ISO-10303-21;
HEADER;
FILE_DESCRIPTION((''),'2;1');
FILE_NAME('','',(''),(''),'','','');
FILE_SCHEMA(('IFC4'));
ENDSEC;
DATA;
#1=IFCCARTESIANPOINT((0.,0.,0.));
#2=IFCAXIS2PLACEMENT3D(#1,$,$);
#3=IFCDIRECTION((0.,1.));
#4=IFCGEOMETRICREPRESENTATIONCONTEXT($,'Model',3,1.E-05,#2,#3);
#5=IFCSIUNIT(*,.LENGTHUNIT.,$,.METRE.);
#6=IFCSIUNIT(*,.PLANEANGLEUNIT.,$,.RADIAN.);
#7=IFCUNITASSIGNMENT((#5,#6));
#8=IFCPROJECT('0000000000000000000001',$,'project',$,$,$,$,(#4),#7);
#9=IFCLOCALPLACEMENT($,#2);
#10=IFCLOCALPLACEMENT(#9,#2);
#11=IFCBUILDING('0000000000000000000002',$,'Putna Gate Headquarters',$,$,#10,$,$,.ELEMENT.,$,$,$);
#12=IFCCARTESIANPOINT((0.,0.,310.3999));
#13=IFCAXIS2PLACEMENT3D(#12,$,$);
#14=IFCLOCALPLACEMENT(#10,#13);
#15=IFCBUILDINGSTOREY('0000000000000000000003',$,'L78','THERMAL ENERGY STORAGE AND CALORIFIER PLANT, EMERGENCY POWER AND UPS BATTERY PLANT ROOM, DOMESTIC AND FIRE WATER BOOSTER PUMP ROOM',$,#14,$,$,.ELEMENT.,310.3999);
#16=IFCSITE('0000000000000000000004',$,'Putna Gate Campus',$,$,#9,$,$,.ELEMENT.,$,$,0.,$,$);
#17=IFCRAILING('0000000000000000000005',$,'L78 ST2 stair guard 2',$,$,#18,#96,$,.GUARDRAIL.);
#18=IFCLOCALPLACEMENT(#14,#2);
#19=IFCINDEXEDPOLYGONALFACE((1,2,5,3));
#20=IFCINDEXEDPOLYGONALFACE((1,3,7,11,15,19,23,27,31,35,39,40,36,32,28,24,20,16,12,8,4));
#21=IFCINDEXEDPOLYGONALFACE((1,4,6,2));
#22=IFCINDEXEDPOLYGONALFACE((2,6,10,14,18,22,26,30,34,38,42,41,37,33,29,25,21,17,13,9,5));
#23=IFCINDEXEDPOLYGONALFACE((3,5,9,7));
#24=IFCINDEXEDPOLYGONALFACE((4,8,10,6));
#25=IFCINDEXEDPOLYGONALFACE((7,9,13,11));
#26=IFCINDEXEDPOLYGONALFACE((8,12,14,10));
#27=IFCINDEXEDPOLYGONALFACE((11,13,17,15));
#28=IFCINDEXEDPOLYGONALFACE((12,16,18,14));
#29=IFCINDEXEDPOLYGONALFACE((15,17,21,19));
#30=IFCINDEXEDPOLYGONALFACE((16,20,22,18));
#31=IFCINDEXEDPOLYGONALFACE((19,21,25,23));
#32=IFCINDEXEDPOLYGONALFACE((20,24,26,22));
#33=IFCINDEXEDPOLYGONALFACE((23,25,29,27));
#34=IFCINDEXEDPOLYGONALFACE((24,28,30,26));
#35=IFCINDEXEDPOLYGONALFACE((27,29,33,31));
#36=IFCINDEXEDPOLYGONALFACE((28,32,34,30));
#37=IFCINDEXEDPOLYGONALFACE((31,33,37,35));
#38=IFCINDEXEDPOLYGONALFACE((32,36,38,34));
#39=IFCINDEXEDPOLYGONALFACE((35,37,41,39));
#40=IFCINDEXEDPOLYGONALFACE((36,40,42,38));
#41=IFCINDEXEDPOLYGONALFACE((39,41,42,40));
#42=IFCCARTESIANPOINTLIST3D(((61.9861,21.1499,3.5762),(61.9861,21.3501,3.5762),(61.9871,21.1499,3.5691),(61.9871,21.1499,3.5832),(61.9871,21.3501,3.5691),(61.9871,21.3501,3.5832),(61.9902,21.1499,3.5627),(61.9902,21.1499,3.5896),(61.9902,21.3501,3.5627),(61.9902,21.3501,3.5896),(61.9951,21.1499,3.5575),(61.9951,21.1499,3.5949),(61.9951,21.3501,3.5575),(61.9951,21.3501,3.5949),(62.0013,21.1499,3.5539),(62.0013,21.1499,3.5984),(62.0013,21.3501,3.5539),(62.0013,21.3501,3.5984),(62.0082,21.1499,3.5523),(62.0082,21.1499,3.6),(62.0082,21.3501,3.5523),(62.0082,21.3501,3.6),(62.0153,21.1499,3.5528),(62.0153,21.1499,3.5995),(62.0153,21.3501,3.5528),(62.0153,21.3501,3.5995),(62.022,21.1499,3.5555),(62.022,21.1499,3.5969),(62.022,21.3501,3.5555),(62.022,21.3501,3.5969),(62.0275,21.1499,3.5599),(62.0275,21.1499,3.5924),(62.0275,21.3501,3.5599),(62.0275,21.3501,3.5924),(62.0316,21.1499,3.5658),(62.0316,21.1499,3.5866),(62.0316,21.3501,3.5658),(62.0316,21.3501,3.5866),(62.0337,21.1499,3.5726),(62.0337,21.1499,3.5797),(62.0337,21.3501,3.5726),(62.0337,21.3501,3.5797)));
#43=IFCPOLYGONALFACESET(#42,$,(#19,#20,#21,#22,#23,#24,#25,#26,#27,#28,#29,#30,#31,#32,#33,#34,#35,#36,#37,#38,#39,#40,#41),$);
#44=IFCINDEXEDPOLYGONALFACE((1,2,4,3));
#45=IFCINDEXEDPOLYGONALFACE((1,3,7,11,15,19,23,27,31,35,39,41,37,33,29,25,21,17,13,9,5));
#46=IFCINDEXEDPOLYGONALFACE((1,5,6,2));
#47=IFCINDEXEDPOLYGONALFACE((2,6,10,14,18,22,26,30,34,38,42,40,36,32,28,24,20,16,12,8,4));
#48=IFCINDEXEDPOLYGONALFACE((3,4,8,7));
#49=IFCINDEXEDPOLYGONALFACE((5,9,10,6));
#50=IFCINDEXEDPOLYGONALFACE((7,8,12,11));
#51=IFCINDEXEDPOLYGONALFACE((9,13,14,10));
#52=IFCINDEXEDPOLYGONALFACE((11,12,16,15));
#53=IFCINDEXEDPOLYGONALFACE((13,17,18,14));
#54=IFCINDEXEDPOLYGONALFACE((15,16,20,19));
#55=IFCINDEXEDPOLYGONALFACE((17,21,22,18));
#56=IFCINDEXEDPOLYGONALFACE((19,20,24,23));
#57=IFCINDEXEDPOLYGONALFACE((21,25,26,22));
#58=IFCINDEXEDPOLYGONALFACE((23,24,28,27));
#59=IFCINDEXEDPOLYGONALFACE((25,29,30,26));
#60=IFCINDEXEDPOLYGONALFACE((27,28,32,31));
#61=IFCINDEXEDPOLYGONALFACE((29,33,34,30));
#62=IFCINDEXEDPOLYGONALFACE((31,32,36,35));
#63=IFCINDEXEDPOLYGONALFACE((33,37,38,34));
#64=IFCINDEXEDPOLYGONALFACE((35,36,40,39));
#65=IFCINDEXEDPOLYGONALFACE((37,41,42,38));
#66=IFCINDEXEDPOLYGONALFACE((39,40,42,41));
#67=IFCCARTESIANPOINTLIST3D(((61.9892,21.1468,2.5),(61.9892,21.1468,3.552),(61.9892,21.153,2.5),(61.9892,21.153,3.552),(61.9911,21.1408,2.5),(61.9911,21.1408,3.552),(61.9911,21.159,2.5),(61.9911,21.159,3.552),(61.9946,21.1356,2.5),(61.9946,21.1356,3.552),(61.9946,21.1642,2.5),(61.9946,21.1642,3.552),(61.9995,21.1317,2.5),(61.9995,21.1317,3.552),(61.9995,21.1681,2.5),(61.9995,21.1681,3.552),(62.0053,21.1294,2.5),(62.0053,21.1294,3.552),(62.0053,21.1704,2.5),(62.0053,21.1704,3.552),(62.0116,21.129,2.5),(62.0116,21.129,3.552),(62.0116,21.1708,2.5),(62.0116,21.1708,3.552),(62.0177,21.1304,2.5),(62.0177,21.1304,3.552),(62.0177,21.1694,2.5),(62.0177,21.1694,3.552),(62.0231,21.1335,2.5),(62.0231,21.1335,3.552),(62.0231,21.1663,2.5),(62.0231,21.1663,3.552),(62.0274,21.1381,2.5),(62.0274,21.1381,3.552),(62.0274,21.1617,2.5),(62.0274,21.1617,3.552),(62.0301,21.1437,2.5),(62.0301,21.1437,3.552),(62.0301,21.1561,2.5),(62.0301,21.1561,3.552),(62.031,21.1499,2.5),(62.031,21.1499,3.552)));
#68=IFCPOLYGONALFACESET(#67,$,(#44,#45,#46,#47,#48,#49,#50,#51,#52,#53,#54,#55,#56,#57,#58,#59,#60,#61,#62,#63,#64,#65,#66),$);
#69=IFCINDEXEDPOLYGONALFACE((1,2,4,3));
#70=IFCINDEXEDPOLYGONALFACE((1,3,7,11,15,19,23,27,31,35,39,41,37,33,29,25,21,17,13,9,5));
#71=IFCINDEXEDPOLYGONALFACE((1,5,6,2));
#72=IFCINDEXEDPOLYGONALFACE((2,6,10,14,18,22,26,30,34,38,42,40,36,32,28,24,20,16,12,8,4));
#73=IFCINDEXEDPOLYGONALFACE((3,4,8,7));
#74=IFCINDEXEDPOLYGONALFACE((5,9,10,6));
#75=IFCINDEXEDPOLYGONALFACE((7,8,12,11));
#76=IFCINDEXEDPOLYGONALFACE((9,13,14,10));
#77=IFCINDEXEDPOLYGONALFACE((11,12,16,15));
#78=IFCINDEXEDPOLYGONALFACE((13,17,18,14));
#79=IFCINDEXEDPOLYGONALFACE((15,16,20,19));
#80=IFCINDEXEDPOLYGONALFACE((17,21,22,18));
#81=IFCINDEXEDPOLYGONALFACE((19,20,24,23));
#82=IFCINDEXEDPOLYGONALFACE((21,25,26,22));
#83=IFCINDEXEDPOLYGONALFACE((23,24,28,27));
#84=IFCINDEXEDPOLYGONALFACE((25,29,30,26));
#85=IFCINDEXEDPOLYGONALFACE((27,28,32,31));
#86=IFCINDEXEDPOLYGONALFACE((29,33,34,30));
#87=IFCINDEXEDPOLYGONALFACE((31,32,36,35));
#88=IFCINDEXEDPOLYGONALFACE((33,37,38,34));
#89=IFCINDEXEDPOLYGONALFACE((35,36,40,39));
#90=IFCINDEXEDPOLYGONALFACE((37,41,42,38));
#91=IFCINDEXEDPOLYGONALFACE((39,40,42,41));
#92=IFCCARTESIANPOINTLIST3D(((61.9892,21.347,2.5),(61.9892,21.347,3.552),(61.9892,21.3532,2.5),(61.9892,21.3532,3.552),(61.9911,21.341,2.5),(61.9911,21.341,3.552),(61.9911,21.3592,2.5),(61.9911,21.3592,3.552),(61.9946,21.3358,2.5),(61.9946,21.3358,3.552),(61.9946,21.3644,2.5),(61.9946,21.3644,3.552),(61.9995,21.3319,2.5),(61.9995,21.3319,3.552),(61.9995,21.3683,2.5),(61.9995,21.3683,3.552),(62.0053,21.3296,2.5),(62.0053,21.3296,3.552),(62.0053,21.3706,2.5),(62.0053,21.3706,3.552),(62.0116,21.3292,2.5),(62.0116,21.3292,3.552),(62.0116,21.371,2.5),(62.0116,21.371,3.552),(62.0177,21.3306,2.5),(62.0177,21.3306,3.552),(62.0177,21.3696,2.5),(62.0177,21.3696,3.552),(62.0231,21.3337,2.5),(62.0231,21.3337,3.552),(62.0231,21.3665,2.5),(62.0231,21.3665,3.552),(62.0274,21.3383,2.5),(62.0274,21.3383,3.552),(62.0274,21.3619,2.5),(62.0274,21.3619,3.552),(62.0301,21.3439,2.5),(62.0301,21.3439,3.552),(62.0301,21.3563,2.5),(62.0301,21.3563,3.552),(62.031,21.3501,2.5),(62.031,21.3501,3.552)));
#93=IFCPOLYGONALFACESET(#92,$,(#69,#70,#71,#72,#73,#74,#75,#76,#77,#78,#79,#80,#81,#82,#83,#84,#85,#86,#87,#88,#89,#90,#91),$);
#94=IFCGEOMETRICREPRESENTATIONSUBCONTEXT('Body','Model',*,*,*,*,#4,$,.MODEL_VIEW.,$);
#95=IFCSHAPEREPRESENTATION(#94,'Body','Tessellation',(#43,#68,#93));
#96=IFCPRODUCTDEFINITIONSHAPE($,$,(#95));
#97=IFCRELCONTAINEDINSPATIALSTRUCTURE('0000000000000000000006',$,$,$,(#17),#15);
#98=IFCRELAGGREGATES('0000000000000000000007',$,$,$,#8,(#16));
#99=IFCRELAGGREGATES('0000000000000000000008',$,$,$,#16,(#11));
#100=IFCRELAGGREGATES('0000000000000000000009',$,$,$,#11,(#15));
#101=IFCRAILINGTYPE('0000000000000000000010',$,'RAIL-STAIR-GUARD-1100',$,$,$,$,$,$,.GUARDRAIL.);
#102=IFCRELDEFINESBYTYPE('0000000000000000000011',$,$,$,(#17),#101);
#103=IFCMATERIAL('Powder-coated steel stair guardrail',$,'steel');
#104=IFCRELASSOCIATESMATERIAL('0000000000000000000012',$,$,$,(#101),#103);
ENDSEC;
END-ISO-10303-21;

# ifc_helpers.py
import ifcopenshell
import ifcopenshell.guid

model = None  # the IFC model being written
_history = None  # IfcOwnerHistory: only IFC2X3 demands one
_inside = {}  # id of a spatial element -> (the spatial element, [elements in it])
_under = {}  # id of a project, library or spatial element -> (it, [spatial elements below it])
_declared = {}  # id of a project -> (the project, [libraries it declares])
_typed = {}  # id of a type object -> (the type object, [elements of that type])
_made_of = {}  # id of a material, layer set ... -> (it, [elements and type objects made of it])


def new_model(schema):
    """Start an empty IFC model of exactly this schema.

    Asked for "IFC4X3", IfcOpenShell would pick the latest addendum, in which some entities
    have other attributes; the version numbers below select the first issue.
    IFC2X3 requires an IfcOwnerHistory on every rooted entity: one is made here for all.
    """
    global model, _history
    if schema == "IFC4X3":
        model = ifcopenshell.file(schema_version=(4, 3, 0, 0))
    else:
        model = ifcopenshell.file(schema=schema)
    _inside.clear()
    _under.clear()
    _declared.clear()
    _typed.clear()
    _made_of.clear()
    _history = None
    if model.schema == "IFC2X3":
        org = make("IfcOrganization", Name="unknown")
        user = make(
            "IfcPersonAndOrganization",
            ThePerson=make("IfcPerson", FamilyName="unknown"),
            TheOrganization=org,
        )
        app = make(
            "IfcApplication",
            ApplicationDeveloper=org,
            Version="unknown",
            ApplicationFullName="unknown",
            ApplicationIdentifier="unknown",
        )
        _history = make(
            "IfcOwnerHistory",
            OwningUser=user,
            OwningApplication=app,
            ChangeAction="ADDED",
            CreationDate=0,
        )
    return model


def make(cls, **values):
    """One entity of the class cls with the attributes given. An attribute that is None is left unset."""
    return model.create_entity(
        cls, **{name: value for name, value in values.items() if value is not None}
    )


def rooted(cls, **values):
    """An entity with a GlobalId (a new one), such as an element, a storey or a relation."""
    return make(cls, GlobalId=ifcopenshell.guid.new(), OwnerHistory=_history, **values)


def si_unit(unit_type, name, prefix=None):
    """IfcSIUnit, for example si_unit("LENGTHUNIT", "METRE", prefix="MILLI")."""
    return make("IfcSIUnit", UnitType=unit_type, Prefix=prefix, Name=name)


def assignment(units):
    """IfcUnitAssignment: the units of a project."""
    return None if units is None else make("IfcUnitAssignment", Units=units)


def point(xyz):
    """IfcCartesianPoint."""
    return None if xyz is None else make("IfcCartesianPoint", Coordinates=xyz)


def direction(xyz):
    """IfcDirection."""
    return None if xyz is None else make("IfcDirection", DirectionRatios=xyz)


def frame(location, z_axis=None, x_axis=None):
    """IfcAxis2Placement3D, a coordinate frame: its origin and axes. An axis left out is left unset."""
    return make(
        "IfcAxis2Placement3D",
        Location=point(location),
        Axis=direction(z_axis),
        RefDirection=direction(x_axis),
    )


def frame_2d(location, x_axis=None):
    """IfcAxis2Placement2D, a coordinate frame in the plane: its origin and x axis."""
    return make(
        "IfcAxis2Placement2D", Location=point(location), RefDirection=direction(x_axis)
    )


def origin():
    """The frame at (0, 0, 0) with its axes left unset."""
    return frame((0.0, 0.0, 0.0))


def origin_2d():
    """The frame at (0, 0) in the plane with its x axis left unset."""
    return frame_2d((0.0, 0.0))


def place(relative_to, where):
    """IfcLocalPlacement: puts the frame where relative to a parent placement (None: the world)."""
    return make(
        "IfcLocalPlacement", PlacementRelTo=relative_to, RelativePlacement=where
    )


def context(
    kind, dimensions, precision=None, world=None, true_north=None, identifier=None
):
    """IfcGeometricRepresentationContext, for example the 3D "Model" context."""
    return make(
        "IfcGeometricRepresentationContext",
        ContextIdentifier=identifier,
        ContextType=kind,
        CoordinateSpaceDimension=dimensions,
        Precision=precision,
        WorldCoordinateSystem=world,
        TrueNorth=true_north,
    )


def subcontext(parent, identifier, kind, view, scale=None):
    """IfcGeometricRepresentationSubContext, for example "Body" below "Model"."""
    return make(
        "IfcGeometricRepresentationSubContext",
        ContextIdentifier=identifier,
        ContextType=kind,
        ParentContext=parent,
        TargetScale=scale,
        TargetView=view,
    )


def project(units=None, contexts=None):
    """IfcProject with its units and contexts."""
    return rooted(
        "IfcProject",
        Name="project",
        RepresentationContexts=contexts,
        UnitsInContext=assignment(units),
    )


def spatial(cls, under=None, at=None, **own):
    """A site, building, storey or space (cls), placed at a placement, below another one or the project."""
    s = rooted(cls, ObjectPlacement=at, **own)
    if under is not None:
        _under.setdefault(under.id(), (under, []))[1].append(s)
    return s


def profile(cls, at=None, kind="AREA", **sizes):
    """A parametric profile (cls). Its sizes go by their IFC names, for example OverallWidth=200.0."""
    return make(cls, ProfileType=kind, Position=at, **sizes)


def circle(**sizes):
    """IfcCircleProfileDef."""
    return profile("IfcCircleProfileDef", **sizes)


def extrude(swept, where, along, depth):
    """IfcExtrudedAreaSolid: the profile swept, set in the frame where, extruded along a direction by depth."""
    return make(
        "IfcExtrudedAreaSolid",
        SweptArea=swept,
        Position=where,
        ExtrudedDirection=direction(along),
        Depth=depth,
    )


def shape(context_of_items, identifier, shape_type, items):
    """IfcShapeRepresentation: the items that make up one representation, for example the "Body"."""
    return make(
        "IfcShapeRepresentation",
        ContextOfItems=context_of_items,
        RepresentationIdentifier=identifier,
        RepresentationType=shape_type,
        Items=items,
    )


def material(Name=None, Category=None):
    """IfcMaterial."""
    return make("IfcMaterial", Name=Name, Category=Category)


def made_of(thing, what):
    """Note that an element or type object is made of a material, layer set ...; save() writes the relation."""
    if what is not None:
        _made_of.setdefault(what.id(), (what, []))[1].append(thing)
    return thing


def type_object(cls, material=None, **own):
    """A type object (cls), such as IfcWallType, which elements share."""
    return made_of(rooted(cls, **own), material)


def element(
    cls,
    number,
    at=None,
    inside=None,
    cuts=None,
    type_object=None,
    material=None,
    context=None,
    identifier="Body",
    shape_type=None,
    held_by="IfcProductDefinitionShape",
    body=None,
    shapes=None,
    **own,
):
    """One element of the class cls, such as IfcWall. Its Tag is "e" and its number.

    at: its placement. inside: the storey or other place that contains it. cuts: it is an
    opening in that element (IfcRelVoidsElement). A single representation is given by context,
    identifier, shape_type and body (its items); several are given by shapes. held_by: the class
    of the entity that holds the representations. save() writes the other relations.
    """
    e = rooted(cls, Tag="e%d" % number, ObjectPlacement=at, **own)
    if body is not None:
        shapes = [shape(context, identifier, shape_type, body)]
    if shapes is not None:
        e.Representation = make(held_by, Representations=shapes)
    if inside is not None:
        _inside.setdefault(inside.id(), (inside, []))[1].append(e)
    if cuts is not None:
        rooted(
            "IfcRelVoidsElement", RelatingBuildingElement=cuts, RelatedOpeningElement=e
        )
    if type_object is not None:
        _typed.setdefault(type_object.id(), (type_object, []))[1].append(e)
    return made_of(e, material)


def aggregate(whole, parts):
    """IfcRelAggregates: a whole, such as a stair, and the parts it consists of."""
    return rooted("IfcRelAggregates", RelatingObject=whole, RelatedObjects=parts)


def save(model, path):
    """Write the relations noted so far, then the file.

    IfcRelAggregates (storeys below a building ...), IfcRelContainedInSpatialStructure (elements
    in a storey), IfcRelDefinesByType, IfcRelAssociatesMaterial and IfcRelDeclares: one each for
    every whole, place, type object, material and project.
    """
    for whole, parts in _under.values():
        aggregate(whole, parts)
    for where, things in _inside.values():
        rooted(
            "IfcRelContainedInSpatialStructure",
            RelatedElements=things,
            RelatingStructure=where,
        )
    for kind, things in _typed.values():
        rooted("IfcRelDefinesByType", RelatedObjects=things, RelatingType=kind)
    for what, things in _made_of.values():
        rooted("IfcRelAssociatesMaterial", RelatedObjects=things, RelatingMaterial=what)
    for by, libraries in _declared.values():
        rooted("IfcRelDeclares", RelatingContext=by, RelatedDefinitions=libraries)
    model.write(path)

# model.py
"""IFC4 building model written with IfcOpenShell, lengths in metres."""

from ifc_helpers import new_model, si_unit, direction, frame, origin, origin_2d, place, context, subcontext, project, spatial, circle, extrude, material, type_object, element, save


model = new_model("IFC4")

# Units and contexts
model_context = context("Model", 3, precision=1e-05, world=origin(), true_north=direction((0.0, 1.0)))
body_context = subcontext(model_context, "Body", "Model", "MODEL_VIEW")
ifc_project = project(units=[si_unit("LENGTHUNIT", "METRE"), si_unit("PLANEANGLEUNIT", "RADIAN")], contexts=[model_context])

# Site, building, storey
site_placement = place(None, origin())
site = spatial("IfcSite", under=ifc_project, at=site_placement, Name="Putna Gate Campus", CompositionType="ELEMENT", RefElevation=0.0)
building_placement = place(site_placement, origin())
building = spatial("IfcBuilding", under=site, at=building_placement, Name="Putna Gate Headquarters", CompositionType="ELEMENT")
storey_placement = place(building_placement, frame((0.0, 0.0, 310.3999)))
storey = spatial("IfcBuildingStorey", under=building, at=storey_placement, Name="L78", Description="THERMAL ENERGY STORAGE AND CALORIFIER PLANT, EMERGENCY POWER AND UPS BATTERY PLANT ROOM, DOMESTIC AND FIRE WATER BOOSTER PUMP ROOM", CompositionType="ELEMENT", Elevation=310.3999)

# Railing
ifc_material_1 = material(Name="Powder-coated steel stair guardrail", Category="steel")
railing_type = type_object("IfcRailingType", Name="RAIL-STAIR-GUARD-1100", PredefinedType="GUARDRAIL", material=ifc_material_1)
railing_1_placement = place(storey_placement, frame((62.01, 21.1499, 2.5)))
element("IfcRailing", 1, at=railing_1_placement, inside=storey, type_object=railing_type, Name="L78 ST2 stair guard 2", PredefinedType="GUARDRAIL", context=body_context, shape_type="SweptSolid", body=[
    extrude(circle(Radius=0.0239, at=origin_2d()), frame((0.0, 0.0, 1.0762), z_axis=(0.0, 1.0, 0.0), x_axis=(-1.0, 0.0, 0.0)), (0.0, 0.0, 1.0), 0.2002),
    extrude(circle(Radius=0.021, at=origin_2d()), origin(), (0.0, 0.0, 1.0), 1.052),
    extrude(circle(Radius=0.021, at=origin_2d()), frame((0.0, 0.2002, 0.0)), (0.0, 0.0, 1.0), 1.052),
])

save(model, "model.ifc")
